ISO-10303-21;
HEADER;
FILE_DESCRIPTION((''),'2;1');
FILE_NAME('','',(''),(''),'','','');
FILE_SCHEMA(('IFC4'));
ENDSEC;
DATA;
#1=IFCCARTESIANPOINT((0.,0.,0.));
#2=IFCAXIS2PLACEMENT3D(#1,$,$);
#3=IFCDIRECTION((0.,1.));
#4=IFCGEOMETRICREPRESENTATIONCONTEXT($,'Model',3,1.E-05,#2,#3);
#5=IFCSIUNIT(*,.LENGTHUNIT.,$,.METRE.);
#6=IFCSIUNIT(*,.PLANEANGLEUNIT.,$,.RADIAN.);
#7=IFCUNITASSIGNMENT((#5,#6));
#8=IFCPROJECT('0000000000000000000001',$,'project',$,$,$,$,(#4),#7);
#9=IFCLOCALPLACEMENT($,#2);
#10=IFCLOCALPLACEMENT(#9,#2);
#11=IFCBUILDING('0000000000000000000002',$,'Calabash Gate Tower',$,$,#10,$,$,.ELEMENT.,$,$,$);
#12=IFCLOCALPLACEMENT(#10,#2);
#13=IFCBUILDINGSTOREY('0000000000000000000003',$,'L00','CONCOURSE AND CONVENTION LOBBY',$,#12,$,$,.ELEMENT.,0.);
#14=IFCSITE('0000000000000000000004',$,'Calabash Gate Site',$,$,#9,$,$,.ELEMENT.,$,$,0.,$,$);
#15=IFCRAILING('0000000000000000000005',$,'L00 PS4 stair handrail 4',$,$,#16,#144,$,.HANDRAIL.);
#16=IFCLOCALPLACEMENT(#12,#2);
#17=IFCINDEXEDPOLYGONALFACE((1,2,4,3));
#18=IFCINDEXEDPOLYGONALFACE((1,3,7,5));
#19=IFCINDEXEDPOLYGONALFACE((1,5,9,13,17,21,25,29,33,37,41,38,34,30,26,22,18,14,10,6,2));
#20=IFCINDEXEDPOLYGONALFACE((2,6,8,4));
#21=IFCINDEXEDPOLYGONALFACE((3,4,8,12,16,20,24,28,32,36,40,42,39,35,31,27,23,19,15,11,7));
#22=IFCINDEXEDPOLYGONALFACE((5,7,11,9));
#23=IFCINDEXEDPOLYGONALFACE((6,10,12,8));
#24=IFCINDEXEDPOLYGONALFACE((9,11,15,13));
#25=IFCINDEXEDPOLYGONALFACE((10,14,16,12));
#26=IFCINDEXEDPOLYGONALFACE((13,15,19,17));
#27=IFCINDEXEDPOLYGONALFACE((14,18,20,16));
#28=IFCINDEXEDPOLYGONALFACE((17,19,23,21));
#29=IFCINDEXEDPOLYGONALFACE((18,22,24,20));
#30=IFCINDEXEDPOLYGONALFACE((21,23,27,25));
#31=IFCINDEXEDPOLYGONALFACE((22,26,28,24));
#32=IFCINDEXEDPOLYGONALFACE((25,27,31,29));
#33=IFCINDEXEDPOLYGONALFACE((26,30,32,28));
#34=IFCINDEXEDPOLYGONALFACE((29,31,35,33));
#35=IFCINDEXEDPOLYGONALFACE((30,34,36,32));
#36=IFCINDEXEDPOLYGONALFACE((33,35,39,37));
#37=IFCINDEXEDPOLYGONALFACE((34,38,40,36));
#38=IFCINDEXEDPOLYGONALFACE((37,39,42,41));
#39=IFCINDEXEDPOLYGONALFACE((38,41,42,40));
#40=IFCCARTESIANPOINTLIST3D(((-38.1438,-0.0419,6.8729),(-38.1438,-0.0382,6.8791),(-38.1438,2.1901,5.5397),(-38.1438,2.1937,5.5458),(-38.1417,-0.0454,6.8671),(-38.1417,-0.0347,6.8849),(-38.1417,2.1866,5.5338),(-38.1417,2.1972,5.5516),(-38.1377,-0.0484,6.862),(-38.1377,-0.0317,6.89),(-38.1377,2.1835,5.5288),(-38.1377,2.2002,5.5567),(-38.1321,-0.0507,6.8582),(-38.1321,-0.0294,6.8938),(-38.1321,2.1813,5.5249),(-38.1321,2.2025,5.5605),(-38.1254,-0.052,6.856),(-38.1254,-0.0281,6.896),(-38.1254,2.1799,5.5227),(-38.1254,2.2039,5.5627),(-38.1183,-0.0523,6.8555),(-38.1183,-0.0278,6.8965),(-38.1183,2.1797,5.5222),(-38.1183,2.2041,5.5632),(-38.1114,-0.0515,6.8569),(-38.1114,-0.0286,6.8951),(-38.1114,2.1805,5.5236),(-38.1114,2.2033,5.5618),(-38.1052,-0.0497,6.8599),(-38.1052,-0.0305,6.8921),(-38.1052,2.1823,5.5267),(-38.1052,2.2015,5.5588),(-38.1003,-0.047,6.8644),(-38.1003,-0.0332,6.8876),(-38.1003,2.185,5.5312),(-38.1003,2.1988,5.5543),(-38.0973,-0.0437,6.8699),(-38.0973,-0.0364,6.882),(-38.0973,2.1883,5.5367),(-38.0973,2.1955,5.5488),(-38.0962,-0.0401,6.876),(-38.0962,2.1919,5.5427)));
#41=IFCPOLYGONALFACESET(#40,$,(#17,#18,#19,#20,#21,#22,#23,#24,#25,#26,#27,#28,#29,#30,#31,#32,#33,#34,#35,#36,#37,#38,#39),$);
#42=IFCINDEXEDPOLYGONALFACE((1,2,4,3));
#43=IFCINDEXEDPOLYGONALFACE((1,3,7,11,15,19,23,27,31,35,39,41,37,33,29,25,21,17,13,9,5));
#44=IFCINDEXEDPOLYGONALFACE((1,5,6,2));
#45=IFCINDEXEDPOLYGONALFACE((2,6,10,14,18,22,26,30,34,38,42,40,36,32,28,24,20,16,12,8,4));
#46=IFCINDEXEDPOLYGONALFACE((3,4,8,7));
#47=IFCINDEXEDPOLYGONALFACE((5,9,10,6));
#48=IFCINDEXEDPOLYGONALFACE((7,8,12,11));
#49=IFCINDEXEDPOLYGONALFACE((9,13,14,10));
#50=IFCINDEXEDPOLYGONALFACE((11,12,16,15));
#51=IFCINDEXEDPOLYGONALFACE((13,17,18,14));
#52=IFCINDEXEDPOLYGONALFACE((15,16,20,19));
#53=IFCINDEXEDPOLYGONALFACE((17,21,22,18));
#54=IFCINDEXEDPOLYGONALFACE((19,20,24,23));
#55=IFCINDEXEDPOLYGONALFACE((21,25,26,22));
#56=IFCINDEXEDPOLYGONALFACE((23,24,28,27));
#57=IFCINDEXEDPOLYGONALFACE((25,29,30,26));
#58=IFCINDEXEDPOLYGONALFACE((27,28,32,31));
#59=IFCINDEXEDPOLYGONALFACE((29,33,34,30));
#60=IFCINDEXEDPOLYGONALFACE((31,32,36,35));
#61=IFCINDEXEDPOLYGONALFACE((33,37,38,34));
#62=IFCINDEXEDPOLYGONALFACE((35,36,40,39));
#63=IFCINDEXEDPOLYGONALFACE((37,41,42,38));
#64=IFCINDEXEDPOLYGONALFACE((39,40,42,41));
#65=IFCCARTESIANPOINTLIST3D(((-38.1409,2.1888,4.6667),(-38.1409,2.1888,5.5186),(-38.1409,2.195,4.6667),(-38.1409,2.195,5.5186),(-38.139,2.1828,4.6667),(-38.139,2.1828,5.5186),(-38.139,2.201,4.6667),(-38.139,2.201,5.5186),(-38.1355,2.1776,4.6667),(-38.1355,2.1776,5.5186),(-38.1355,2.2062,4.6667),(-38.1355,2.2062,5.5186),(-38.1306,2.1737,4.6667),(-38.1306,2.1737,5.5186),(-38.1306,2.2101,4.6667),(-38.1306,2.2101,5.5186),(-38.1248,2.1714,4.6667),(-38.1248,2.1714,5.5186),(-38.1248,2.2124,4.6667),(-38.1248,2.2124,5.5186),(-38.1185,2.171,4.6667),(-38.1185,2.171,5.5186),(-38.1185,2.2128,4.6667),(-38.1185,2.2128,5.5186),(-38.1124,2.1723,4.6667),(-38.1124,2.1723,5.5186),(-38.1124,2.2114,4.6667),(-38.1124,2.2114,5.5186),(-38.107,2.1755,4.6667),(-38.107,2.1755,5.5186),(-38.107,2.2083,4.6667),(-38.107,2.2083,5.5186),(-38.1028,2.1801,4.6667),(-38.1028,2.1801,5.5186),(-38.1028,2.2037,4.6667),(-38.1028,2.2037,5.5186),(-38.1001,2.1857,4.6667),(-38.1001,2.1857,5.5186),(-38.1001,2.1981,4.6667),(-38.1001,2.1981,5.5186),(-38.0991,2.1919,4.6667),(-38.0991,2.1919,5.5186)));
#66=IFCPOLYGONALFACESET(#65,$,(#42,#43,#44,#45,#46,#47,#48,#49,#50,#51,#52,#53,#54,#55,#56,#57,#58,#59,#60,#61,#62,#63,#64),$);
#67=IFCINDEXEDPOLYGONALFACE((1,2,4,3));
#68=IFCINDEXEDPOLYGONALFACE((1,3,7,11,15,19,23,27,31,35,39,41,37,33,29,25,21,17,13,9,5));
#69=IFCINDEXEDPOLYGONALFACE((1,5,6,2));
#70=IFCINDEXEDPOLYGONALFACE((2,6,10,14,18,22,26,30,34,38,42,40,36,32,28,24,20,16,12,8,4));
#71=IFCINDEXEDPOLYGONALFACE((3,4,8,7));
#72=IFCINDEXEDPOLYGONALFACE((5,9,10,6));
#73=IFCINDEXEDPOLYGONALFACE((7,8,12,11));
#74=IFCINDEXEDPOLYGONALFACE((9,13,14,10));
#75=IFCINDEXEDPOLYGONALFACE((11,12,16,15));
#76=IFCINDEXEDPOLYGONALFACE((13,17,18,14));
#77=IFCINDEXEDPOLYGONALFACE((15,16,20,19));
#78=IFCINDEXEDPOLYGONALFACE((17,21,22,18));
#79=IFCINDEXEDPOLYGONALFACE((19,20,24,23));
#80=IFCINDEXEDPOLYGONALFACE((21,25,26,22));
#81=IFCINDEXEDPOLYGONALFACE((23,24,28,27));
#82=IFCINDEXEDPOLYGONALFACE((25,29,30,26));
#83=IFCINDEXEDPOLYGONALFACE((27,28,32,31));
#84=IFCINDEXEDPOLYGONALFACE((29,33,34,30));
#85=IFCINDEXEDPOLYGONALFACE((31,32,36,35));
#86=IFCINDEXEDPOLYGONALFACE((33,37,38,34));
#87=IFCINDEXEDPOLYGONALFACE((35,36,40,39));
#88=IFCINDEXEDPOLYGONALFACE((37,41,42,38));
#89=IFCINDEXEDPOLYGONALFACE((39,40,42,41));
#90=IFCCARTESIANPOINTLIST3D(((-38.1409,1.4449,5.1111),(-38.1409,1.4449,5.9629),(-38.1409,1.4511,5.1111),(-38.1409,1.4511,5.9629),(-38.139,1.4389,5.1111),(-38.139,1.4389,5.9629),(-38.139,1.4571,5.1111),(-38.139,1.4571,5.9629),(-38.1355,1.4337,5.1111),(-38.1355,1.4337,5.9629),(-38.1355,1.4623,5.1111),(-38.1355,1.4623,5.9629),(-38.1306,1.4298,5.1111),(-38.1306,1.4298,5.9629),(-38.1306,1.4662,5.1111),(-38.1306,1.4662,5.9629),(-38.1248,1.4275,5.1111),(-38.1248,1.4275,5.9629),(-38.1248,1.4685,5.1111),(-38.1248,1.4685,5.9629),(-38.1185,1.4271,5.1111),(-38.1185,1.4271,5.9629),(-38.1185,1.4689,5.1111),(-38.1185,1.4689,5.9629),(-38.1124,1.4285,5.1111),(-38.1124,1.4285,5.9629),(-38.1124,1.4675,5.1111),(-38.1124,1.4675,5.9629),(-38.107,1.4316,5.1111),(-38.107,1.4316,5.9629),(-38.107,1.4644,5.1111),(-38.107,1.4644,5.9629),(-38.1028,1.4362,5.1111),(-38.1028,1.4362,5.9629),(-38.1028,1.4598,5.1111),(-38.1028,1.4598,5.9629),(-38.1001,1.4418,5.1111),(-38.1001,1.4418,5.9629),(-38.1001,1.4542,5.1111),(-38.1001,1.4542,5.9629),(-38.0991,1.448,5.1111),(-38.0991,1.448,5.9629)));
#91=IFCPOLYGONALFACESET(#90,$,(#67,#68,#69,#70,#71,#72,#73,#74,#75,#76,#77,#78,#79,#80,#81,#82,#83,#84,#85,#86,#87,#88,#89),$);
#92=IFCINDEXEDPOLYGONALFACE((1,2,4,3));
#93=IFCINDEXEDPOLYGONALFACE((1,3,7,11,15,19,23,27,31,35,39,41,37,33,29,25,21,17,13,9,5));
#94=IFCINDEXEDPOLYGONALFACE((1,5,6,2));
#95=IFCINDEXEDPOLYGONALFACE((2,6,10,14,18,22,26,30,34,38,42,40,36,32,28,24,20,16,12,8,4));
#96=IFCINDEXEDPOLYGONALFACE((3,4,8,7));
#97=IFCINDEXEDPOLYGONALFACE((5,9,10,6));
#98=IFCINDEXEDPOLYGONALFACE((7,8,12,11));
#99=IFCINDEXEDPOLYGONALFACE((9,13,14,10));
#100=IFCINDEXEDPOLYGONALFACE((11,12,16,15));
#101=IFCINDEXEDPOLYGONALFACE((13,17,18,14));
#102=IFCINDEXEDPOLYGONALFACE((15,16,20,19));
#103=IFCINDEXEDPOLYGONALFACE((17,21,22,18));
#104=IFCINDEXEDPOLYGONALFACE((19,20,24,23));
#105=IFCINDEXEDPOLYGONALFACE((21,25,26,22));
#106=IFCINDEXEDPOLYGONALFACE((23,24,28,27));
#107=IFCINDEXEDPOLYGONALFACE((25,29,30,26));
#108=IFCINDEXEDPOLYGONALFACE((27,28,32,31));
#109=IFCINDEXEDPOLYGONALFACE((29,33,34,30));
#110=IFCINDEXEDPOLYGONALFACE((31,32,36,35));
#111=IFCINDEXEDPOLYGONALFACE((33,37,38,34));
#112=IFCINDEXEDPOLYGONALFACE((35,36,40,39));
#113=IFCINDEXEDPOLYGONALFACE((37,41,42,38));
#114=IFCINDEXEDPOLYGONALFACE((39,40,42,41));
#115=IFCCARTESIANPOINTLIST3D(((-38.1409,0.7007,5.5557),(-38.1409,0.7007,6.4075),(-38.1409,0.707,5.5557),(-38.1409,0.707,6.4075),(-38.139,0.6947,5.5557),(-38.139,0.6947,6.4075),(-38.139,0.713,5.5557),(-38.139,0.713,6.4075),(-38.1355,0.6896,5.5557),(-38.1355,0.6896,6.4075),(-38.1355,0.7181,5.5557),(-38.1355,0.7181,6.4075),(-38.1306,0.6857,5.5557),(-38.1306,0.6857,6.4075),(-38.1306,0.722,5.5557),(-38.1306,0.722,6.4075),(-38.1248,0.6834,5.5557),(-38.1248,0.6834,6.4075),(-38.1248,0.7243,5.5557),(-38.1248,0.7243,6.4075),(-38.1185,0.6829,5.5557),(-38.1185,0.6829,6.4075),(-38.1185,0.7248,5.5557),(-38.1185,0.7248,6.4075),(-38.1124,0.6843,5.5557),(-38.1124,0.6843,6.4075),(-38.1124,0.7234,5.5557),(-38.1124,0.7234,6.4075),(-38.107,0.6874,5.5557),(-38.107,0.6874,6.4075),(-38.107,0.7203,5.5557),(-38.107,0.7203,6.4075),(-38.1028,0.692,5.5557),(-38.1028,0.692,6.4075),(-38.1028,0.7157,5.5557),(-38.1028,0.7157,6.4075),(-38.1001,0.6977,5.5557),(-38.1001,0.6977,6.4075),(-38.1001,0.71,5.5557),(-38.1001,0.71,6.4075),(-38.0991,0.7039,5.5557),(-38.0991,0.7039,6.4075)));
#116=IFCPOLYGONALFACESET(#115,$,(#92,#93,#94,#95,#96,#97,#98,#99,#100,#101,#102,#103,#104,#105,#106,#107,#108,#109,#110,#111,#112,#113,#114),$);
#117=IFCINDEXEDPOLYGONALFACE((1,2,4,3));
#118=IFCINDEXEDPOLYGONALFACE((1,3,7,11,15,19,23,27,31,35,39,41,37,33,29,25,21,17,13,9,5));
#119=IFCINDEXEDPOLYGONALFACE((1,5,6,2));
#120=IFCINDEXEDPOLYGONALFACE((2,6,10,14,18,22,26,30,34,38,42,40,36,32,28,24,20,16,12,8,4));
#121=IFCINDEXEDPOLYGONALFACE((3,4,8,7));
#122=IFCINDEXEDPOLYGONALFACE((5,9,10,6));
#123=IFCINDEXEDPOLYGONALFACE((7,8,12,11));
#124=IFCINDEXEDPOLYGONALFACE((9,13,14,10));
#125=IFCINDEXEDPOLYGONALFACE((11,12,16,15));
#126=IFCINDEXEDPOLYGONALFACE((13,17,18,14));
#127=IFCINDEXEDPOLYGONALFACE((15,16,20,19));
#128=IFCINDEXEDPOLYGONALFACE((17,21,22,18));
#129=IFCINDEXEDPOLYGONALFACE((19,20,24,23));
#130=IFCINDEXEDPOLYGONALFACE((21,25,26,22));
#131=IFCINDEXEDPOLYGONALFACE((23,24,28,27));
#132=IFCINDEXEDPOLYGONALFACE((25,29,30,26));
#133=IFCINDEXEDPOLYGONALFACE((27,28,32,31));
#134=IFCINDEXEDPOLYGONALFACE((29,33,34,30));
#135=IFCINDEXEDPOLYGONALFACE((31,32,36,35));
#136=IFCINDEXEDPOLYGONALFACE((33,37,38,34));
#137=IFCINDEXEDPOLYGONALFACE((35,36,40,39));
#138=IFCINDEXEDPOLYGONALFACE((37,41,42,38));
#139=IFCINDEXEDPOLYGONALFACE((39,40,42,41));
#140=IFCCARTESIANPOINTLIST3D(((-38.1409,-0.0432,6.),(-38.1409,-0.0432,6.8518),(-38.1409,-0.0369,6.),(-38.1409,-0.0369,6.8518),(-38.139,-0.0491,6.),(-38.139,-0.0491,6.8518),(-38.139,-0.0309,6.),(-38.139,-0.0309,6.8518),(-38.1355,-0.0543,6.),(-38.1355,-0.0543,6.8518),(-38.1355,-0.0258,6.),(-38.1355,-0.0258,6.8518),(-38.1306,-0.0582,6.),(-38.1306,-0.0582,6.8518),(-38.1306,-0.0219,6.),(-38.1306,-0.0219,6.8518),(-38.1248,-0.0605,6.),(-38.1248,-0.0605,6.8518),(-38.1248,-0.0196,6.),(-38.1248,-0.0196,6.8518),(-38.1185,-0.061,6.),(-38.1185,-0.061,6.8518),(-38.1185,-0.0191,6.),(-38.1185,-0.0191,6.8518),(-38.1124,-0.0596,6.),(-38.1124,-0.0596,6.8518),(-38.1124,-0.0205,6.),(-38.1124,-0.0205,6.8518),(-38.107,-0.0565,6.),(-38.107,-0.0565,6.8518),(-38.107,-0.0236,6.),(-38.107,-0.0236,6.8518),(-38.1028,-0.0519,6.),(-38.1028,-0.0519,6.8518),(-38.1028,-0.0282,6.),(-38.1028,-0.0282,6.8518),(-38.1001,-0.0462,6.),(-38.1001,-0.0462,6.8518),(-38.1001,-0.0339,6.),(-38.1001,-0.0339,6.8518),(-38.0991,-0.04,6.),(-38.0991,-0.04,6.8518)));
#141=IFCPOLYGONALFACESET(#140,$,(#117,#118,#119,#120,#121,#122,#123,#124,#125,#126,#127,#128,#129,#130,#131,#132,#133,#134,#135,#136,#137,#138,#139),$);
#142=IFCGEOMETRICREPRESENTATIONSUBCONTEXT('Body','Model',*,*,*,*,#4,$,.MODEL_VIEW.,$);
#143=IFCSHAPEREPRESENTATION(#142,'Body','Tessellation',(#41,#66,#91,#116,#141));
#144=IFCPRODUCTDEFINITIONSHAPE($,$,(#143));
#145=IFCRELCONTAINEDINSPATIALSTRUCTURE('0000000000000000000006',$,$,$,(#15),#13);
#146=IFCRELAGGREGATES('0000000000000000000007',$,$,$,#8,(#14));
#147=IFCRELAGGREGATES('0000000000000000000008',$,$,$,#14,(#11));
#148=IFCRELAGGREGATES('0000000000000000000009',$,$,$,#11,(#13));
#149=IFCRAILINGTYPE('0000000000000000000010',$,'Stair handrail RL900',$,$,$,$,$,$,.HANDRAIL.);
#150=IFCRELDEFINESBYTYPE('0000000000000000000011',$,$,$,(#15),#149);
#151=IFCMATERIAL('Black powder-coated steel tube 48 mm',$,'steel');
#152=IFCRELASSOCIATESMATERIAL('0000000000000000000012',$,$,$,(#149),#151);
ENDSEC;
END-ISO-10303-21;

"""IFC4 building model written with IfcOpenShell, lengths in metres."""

from ifc_helpers import new_model, si_unit, direction, frame, origin, origin_2d, place, context, subcontext, project, spatial, circle, extrude, material, type_object, element, save


model = new_model("IFC4")

# Units and contexts
model_context = context("Model", 3, precision=1e-05, world=origin(), true_north=direction((0.0, 1.0)))
body_context = subcontext(model_context, "Body", "Model", "MODEL_VIEW")
ifc_project = project(units=[si_unit("LENGTHUNIT", "METRE"), si_unit("PLANEANGLEUNIT", "RADIAN")], contexts=[model_context])

# Site, building, storey
site_placement = place(None, origin())
site = spatial("IfcSite", under=ifc_project, at=site_placement, Name="Calabash Gate Site", CompositionType="ELEMENT", RefElevation=0.0)
building_placement = place(site_placement, origin())
building = spatial("IfcBuilding", under=site, at=building_placement, Name="Calabash Gate Tower", CompositionType="ELEMENT")
storey_placement = place(building_placement, origin())
storey = spatial("IfcBuildingStorey", under=building, at=storey_placement, Name="L00", Description="CONCOURSE AND CONVENTION LOBBY", CompositionType="ELEMENT", Elevation=0.0)

# Railing
ifc_material_1 = material(Name="Black powder-coated steel tube 48 mm", Category="steel")
railing_type_1 = type_object("IfcRailingType", Name="Stair handrail RL900", PredefinedType="HANDRAIL", material=ifc_material_1)
for number, where, name in (
    (1, (-38.1201, 2.1919, 4.6667), "L00 PS4 stair handrail 4"),
):
    element("IfcRailing", number, at=place(storey_placement, frame(where)), inside=storey, type_object=railing_type_1, Name=name, PredefinedType="HANDRAIL", context=body_context, shape_type="SweptSolid", body=[
        extrude(circle(Radius=0.0239, at=origin_2d()), frame((0.0, 0.0, 0.876), z_axis=(0.0, -0.858494, 0.512824), x_axis=(1.0, 0.0, 0.0)), (0.0, 0.0, 1.0), 2.5999),
        extrude(circle(Radius=0.021, at=origin_2d()), origin(), (0.0, 0.0, 1.0), 0.8518),
        extrude(circle(Radius=0.021, at=origin_2d()), frame((0.0, -0.7439, 0.4443)), (0.0, 0.0, 1.0), 0.8518),
        extrude(circle(Radius=0.021, at=origin_2d()), frame((0.0, -1.488, 0.8889)), (0.0, 0.0, 1.0), 0.8518),
        extrude(circle(Radius=0.021, at=origin_2d()), frame((0.0, -2.2319, 1.3333)), (0.0, 0.0, 1.0), 0.8518),
    ])

save(model, "model.ifc")
